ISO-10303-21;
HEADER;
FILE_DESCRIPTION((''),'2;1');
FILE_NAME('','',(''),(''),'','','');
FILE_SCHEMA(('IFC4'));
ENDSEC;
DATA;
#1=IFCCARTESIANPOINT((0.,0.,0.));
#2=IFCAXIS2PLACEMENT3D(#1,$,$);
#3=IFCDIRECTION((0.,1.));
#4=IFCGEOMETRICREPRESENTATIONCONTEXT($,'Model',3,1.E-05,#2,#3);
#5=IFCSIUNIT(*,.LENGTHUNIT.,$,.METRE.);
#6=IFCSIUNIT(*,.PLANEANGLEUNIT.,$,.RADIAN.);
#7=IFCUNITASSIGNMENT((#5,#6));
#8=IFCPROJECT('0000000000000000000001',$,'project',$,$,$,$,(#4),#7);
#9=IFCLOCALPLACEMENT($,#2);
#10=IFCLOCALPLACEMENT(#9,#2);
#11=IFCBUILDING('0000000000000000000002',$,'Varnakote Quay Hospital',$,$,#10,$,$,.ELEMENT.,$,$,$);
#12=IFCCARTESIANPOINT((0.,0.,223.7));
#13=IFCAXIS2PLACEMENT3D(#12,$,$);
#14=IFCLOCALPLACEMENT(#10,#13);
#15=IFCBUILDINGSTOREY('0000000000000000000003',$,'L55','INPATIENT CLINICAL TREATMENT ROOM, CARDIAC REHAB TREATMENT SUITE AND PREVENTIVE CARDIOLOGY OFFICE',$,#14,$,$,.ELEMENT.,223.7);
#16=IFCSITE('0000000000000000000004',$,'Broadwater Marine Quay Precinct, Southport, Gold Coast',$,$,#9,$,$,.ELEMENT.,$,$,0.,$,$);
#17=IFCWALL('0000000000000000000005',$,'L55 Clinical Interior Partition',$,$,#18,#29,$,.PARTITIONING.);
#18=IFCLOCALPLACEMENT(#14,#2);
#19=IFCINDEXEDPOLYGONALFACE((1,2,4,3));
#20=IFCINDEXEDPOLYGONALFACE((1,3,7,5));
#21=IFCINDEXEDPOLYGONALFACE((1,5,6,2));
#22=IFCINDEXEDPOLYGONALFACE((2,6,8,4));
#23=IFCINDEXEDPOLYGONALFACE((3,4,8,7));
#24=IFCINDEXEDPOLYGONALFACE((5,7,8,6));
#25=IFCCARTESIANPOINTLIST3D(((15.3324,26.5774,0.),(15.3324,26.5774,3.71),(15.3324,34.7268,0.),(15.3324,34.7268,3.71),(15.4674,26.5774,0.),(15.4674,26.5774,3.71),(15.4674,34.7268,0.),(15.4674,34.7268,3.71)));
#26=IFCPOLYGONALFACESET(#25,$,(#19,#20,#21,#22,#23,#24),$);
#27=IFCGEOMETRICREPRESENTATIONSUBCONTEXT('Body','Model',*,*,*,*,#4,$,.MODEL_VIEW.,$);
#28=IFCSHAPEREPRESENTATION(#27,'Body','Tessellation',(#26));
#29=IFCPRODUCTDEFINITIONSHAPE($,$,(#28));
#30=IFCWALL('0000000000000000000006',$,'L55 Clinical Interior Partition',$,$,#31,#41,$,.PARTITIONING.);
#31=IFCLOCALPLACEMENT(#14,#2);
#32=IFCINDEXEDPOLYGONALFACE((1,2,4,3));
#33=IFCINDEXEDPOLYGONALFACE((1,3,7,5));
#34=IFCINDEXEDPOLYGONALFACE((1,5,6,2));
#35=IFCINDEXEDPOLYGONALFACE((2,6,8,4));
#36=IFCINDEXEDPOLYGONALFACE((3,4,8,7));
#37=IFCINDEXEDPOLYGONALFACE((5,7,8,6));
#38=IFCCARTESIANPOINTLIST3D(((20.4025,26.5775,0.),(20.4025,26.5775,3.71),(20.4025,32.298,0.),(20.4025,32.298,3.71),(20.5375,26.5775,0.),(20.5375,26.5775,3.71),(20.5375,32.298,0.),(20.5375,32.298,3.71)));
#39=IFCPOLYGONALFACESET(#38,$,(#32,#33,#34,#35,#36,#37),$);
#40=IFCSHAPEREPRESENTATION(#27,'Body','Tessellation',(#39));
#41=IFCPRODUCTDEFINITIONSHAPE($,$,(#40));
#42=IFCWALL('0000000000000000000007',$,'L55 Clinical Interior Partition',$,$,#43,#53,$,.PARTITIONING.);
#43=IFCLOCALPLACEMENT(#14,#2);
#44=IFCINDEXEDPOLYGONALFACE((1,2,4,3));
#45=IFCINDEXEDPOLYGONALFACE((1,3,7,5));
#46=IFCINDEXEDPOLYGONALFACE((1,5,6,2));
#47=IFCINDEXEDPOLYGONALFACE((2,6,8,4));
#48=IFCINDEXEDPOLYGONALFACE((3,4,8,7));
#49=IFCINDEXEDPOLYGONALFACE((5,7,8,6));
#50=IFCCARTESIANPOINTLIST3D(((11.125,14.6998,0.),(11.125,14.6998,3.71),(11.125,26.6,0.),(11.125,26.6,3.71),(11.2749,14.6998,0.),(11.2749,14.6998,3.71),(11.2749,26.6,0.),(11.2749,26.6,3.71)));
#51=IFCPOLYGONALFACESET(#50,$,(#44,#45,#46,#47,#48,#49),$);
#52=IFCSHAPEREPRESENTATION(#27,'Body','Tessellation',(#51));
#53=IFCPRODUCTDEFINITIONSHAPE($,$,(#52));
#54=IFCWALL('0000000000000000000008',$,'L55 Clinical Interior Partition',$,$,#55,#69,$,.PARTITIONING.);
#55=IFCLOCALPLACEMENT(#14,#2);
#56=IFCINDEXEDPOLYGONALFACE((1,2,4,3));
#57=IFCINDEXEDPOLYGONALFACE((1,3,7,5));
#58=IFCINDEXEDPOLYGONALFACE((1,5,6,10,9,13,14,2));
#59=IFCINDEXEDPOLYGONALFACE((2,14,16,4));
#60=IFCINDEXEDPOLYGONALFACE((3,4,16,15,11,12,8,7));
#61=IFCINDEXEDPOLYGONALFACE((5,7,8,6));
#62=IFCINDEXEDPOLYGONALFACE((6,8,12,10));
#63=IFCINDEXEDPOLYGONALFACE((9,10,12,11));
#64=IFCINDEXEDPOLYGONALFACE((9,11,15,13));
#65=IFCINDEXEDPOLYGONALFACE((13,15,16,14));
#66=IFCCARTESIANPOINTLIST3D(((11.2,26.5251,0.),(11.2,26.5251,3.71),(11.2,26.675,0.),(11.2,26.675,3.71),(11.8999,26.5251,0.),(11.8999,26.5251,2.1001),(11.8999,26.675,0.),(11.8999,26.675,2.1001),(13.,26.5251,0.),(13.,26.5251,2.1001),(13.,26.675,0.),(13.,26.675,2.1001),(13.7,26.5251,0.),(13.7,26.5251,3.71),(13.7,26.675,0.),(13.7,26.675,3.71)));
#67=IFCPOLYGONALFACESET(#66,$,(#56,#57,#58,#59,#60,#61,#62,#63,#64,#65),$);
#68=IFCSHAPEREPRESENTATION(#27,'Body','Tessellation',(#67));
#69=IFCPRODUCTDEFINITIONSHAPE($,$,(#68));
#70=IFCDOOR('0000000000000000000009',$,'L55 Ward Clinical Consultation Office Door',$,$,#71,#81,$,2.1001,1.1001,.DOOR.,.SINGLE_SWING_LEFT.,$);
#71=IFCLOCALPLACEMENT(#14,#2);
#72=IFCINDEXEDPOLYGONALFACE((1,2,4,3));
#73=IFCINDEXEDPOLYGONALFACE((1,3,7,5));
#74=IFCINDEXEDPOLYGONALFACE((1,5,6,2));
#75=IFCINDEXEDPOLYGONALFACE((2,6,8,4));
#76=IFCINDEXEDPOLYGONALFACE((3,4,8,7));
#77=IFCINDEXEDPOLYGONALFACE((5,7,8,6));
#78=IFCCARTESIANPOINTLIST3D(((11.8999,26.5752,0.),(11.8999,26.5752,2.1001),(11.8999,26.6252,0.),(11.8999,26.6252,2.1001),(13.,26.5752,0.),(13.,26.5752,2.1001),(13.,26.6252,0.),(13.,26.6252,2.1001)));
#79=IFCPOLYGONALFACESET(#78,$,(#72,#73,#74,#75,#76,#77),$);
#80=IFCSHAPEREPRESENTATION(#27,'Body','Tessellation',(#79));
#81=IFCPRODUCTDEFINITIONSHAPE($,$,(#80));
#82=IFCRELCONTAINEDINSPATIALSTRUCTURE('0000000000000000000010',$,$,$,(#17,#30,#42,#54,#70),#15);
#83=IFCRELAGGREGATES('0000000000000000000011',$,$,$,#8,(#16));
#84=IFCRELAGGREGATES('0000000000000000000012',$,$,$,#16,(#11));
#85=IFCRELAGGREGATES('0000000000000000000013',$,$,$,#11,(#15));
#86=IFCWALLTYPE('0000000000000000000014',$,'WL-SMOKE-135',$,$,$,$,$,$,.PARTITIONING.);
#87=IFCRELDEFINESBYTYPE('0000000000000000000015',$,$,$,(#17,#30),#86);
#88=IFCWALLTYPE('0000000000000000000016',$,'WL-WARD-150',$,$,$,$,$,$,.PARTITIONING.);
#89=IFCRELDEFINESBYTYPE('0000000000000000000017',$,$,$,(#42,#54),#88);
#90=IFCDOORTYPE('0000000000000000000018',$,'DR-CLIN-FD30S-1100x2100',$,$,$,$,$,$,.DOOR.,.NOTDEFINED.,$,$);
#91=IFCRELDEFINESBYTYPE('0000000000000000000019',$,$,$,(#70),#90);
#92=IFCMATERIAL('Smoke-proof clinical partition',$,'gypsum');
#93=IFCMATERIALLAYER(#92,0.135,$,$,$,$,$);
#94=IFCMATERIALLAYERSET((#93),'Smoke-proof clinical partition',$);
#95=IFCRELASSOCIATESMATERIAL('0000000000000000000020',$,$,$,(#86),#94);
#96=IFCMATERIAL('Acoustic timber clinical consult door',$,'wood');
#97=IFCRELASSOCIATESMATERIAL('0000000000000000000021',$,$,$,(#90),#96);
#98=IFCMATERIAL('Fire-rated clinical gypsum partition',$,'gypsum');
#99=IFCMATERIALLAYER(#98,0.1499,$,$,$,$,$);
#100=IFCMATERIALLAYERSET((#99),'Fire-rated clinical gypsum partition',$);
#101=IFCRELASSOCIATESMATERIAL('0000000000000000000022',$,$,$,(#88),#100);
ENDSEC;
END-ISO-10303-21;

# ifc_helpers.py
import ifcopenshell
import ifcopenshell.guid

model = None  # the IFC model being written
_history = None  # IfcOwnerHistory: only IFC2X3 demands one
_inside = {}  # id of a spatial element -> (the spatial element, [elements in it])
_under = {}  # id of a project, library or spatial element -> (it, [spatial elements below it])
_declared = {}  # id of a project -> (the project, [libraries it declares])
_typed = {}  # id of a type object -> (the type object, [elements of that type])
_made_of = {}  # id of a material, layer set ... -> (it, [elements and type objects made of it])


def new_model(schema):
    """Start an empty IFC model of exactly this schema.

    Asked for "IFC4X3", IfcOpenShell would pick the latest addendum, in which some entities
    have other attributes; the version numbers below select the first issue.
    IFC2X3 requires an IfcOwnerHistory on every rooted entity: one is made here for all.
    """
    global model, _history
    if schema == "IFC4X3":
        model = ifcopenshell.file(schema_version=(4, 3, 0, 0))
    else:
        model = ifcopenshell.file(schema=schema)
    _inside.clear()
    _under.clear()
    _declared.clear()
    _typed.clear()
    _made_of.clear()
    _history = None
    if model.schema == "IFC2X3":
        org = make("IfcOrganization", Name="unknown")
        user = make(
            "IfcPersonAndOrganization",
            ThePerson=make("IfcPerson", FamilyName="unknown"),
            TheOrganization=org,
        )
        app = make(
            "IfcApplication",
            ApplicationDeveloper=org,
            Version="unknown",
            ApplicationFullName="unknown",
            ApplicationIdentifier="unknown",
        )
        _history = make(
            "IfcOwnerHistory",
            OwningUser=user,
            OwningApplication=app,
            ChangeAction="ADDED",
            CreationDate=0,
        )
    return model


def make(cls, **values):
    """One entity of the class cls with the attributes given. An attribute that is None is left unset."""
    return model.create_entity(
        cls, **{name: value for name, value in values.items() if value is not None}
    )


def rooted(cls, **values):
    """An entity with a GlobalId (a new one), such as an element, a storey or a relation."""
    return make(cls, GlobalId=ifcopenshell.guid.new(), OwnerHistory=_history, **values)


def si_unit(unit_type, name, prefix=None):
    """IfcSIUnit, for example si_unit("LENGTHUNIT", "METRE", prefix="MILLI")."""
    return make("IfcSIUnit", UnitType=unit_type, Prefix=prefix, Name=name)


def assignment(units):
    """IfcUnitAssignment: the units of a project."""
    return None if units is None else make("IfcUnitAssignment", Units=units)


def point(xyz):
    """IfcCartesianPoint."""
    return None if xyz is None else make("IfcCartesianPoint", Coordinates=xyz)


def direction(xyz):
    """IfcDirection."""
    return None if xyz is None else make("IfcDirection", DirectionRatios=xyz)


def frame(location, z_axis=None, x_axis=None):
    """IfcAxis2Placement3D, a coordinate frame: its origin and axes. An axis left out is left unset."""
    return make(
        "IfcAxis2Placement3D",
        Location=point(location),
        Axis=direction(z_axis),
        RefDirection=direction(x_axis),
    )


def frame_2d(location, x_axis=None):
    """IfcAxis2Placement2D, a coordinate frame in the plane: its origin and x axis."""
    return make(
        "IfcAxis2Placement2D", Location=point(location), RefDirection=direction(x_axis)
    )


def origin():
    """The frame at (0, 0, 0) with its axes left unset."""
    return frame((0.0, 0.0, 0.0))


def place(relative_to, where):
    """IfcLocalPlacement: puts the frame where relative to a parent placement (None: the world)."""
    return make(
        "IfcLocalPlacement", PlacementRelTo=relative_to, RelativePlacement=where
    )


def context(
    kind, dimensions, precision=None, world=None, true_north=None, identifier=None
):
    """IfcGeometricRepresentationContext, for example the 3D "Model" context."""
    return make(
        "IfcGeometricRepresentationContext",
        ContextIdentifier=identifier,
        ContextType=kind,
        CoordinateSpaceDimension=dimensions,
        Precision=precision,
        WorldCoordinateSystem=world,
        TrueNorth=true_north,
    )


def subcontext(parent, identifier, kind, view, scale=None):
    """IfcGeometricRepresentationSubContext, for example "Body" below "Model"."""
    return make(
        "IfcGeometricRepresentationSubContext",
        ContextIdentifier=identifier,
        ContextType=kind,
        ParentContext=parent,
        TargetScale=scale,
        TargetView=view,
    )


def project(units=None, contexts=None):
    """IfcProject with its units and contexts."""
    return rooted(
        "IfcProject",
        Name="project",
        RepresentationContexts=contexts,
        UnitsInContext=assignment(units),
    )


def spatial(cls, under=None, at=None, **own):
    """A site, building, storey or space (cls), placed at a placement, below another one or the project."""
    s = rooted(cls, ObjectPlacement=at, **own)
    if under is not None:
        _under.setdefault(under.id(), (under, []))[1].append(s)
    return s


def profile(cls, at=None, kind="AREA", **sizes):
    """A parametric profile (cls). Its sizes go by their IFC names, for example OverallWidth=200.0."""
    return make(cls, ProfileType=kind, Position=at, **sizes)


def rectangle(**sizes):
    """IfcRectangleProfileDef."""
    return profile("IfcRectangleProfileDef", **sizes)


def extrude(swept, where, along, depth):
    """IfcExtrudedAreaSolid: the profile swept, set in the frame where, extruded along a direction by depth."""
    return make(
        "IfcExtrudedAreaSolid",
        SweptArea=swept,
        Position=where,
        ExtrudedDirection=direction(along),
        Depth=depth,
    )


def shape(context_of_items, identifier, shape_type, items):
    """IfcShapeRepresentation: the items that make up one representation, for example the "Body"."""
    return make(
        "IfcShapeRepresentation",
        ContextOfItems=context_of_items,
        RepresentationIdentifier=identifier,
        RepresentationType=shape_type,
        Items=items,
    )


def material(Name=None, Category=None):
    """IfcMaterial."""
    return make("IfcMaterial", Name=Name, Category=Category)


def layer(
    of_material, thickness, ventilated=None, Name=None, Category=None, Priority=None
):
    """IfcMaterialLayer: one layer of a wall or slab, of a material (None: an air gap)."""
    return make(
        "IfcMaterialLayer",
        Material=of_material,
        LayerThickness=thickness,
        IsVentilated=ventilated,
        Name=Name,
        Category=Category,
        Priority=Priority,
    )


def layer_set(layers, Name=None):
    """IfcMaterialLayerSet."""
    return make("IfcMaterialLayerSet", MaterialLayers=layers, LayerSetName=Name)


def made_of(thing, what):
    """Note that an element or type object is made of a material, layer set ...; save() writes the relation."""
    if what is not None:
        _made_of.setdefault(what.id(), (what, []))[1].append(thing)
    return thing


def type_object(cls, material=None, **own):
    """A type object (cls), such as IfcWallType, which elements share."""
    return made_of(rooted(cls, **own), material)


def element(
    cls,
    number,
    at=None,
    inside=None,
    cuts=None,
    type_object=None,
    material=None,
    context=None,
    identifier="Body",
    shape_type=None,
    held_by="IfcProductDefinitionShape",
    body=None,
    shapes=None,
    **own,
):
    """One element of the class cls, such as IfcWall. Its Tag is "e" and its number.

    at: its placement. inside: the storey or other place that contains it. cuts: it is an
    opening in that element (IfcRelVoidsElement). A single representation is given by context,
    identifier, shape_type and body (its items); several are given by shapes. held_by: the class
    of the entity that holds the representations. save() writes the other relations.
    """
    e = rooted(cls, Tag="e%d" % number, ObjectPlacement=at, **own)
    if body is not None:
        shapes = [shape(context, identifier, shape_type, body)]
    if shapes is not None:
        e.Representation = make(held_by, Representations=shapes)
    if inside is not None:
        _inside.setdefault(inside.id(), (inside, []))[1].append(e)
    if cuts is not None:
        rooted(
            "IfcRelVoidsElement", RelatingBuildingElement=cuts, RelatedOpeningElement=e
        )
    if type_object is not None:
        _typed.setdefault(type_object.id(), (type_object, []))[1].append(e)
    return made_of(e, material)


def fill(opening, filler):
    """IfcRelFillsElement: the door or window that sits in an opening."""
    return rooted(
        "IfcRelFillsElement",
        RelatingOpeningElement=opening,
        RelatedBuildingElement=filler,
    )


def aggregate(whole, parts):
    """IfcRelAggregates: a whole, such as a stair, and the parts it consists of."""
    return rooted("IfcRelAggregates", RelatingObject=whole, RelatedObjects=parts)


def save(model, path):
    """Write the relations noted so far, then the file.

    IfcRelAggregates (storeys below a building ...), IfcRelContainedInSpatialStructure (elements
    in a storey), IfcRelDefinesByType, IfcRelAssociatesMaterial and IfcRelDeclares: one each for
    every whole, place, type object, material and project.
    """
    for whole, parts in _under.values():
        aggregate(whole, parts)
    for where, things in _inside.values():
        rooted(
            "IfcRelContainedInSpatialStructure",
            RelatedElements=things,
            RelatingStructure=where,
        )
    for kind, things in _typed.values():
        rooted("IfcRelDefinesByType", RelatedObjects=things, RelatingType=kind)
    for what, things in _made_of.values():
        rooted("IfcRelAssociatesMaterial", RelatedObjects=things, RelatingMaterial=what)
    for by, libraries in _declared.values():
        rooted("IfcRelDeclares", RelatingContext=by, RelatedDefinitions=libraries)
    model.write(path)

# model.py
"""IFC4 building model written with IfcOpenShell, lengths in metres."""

from ifc_helpers import new_model, si_unit, direction, frame, frame_2d, origin, place, context, subcontext, project, spatial, rectangle, extrude, material, layer, layer_set, type_object, element, fill, save


model = new_model("IFC4")

# Units and contexts
model_context = context("Model", 3, precision=1e-05, world=origin(), true_north=direction((0.0, 1.0)))
body_context = subcontext(model_context, "Body", "Model", "MODEL_VIEW")
ifc_project = project(units=[si_unit("LENGTHUNIT", "METRE"), si_unit("PLANEANGLEUNIT", "RADIAN")], contexts=[model_context])

# Site, building, storey
site_placement = place(None, origin())
site = spatial("IfcSite", under=ifc_project, at=site_placement, Name="Broadwater Marine Quay Precinct, Southport, Gold Coast", CompositionType="ELEMENT", RefElevation=0.0)
building_placement = place(site_placement, origin())
building = spatial("IfcBuilding", under=site, at=building_placement, Name="Varnakote Quay Hospital", CompositionType="ELEMENT")
storey_placement = place(building_placement, frame((0.0, 0.0, 223.7)))
storey = spatial("IfcBuildingStorey", under=building, at=storey_placement, Name="L55", Description="INPATIENT CLINICAL TREATMENT ROOM, CARDIAC REHAB TREATMENT SUITE AND PREVENTIVE CARDIOLOGY OFFICE", CompositionType="ELEMENT", Elevation=223.7)

# Shared definitions
ifc_material_1 = material(Name="Smoke-proof clinical partition", Category="gypsum")
ifc_layer_1 = layer(ifc_material_1, 0.135)
ifc_layer_set_1 = layer_set([ifc_layer_1], Name="Smoke-proof clinical partition")
wall_type_1 = type_object("IfcWallType", Name="WL-SMOKE-135", PredefinedType="PARTITIONING", material=ifc_layer_set_1)

# Shared definitions
ifc_material_2 = material(Name="Acoustic timber clinical consult door", Category="wood")
door_type = type_object("IfcDoorType", Name="DR-CLIN-FD30S-1100x2100", OperationType="NOTDEFINED", PredefinedType="DOOR", material=ifc_material_2)

# Walls
wall_1_placement = place(storey_placement, frame((15.3999, 26.5774, 0.0), z_axis=(0.0, 0.0, 1.0), x_axis=(0.0, 1.0, 0.0)))
element("IfcWall", 1, at=wall_1_placement, inside=storey, type_object=wall_type_1, Name="L55 Clinical Interior Partition", PredefinedType="PARTITIONING", context=body_context, shape_type="SweptSolid", body=[
    extrude(rectangle(XDim=8.1494, YDim=0.135, at=frame_2d((4.0747, 0.0))), origin(), (0.0, 0.0, 1.0), 3.71),
])
wall_2_placement = place(storey_placement, frame((20.47, 26.5774, 0.0), z_axis=(0.0, 0.0, 1.0), x_axis=(0.0, 1.0, 0.0)))
element("IfcWall", 2, at=wall_2_placement, inside=storey, type_object=wall_type_1, Name="L55 Clinical Interior Partition", PredefinedType="PARTITIONING", context=body_context, shape_type="SweptSolid", body=[
    extrude(rectangle(XDim=5.7205, YDim=0.135, at=frame_2d((2.8604, 0.0))), origin(), (0.0, 0.0, 1.0), 3.71),
])
ifc_material_3 = material(Name="Fire-rated clinical gypsum partition", Category="gypsum")
ifc_layer_2 = layer(ifc_material_3, 0.1499)
ifc_layer_set_2 = layer_set([ifc_layer_2], Name="Fire-rated clinical gypsum partition")
wall_type_2 = type_object("IfcWallType", Name="WL-WARD-150", PredefinedType="PARTITIONING", material=ifc_layer_set_2)
wall_3_placement = place(storey_placement, frame((11.2, 26.6001, 0.0), z_axis=(0.0, 0.0, 1.0), x_axis=(0.0, -1.0, 0.0)))
element("IfcWall", 3, at=wall_3_placement, inside=storey, type_object=wall_type_2, Name="L55 Clinical Interior Partition", PredefinedType="PARTITIONING", context=body_context, shape_type="SweptSolid", body=[
    extrude(rectangle(XDim=11.9001, YDim=0.1499, at=frame_2d((5.9502, 0.0))), origin(), (0.0, 0.0, 1.0), 3.71),
])

# Wall, opening, door
wall_4_placement = place(storey_placement, frame((13.7, 26.6001, 0.0), z_axis=(0.0, 0.0, 1.0), x_axis=(-1.0, 0.0, 0.0)))
wall_4 = element("IfcWall", 4, at=wall_4_placement, inside=storey, type_object=wall_type_2, Name="L55 Clinical Interior Partition", PredefinedType="PARTITIONING", context=body_context, shape_type="SweptSolid", body=[
    extrude(rectangle(XDim=2.5, YDim=0.1499, at=frame_2d((1.25, 0.0))), origin(), (0.0, 0.0, 1.0), 3.71),
])
opening_1_placement = place(wall_4_placement, frame((0.7, 0.0, 0.0)))
opening_1 = element("IfcOpeningElement", 5, at=opening_1_placement, cuts=wall_4, PredefinedType="OPENING", context=body_context, shape_type="SweptSolid", body=[
    extrude(rectangle(XDim=1.1001, YDim=2.1001, at=frame_2d((0.55, 1.05))), frame((0.0, 0.085, 0.0), z_axis=(0.0, -1.0, 0.0), x_axis=(1.0, 0.0, 0.0)), (0.0, 0.0, 1.0), 0.1699),
])
door_1_placement = place(opening_1_placement, origin())
door_1 = element("IfcDoor", 6, at=door_1_placement, inside=storey, type_object=door_type, Name="L55 Ward Clinical Consultation Office Door", OperationType="SINGLE_SWING_LEFT", OverallHeight=2.1001, OverallWidth=1.1001, PredefinedType="DOOR", context=body_context, shape_type="SweptSolid", body=[
    extrude(rectangle(XDim=1.1001, YDim=2.1001, at=frame_2d((0.55, 1.05))), frame((0.0, 0.0249, 0.0), z_axis=(0.0, -1.0, 0.0), x_axis=(1.0, 0.0, 0.0)), (0.0, 0.0, 1.0), 0.05),
])
fill(opening_1, door_1)

save(model, "model.ifc")
